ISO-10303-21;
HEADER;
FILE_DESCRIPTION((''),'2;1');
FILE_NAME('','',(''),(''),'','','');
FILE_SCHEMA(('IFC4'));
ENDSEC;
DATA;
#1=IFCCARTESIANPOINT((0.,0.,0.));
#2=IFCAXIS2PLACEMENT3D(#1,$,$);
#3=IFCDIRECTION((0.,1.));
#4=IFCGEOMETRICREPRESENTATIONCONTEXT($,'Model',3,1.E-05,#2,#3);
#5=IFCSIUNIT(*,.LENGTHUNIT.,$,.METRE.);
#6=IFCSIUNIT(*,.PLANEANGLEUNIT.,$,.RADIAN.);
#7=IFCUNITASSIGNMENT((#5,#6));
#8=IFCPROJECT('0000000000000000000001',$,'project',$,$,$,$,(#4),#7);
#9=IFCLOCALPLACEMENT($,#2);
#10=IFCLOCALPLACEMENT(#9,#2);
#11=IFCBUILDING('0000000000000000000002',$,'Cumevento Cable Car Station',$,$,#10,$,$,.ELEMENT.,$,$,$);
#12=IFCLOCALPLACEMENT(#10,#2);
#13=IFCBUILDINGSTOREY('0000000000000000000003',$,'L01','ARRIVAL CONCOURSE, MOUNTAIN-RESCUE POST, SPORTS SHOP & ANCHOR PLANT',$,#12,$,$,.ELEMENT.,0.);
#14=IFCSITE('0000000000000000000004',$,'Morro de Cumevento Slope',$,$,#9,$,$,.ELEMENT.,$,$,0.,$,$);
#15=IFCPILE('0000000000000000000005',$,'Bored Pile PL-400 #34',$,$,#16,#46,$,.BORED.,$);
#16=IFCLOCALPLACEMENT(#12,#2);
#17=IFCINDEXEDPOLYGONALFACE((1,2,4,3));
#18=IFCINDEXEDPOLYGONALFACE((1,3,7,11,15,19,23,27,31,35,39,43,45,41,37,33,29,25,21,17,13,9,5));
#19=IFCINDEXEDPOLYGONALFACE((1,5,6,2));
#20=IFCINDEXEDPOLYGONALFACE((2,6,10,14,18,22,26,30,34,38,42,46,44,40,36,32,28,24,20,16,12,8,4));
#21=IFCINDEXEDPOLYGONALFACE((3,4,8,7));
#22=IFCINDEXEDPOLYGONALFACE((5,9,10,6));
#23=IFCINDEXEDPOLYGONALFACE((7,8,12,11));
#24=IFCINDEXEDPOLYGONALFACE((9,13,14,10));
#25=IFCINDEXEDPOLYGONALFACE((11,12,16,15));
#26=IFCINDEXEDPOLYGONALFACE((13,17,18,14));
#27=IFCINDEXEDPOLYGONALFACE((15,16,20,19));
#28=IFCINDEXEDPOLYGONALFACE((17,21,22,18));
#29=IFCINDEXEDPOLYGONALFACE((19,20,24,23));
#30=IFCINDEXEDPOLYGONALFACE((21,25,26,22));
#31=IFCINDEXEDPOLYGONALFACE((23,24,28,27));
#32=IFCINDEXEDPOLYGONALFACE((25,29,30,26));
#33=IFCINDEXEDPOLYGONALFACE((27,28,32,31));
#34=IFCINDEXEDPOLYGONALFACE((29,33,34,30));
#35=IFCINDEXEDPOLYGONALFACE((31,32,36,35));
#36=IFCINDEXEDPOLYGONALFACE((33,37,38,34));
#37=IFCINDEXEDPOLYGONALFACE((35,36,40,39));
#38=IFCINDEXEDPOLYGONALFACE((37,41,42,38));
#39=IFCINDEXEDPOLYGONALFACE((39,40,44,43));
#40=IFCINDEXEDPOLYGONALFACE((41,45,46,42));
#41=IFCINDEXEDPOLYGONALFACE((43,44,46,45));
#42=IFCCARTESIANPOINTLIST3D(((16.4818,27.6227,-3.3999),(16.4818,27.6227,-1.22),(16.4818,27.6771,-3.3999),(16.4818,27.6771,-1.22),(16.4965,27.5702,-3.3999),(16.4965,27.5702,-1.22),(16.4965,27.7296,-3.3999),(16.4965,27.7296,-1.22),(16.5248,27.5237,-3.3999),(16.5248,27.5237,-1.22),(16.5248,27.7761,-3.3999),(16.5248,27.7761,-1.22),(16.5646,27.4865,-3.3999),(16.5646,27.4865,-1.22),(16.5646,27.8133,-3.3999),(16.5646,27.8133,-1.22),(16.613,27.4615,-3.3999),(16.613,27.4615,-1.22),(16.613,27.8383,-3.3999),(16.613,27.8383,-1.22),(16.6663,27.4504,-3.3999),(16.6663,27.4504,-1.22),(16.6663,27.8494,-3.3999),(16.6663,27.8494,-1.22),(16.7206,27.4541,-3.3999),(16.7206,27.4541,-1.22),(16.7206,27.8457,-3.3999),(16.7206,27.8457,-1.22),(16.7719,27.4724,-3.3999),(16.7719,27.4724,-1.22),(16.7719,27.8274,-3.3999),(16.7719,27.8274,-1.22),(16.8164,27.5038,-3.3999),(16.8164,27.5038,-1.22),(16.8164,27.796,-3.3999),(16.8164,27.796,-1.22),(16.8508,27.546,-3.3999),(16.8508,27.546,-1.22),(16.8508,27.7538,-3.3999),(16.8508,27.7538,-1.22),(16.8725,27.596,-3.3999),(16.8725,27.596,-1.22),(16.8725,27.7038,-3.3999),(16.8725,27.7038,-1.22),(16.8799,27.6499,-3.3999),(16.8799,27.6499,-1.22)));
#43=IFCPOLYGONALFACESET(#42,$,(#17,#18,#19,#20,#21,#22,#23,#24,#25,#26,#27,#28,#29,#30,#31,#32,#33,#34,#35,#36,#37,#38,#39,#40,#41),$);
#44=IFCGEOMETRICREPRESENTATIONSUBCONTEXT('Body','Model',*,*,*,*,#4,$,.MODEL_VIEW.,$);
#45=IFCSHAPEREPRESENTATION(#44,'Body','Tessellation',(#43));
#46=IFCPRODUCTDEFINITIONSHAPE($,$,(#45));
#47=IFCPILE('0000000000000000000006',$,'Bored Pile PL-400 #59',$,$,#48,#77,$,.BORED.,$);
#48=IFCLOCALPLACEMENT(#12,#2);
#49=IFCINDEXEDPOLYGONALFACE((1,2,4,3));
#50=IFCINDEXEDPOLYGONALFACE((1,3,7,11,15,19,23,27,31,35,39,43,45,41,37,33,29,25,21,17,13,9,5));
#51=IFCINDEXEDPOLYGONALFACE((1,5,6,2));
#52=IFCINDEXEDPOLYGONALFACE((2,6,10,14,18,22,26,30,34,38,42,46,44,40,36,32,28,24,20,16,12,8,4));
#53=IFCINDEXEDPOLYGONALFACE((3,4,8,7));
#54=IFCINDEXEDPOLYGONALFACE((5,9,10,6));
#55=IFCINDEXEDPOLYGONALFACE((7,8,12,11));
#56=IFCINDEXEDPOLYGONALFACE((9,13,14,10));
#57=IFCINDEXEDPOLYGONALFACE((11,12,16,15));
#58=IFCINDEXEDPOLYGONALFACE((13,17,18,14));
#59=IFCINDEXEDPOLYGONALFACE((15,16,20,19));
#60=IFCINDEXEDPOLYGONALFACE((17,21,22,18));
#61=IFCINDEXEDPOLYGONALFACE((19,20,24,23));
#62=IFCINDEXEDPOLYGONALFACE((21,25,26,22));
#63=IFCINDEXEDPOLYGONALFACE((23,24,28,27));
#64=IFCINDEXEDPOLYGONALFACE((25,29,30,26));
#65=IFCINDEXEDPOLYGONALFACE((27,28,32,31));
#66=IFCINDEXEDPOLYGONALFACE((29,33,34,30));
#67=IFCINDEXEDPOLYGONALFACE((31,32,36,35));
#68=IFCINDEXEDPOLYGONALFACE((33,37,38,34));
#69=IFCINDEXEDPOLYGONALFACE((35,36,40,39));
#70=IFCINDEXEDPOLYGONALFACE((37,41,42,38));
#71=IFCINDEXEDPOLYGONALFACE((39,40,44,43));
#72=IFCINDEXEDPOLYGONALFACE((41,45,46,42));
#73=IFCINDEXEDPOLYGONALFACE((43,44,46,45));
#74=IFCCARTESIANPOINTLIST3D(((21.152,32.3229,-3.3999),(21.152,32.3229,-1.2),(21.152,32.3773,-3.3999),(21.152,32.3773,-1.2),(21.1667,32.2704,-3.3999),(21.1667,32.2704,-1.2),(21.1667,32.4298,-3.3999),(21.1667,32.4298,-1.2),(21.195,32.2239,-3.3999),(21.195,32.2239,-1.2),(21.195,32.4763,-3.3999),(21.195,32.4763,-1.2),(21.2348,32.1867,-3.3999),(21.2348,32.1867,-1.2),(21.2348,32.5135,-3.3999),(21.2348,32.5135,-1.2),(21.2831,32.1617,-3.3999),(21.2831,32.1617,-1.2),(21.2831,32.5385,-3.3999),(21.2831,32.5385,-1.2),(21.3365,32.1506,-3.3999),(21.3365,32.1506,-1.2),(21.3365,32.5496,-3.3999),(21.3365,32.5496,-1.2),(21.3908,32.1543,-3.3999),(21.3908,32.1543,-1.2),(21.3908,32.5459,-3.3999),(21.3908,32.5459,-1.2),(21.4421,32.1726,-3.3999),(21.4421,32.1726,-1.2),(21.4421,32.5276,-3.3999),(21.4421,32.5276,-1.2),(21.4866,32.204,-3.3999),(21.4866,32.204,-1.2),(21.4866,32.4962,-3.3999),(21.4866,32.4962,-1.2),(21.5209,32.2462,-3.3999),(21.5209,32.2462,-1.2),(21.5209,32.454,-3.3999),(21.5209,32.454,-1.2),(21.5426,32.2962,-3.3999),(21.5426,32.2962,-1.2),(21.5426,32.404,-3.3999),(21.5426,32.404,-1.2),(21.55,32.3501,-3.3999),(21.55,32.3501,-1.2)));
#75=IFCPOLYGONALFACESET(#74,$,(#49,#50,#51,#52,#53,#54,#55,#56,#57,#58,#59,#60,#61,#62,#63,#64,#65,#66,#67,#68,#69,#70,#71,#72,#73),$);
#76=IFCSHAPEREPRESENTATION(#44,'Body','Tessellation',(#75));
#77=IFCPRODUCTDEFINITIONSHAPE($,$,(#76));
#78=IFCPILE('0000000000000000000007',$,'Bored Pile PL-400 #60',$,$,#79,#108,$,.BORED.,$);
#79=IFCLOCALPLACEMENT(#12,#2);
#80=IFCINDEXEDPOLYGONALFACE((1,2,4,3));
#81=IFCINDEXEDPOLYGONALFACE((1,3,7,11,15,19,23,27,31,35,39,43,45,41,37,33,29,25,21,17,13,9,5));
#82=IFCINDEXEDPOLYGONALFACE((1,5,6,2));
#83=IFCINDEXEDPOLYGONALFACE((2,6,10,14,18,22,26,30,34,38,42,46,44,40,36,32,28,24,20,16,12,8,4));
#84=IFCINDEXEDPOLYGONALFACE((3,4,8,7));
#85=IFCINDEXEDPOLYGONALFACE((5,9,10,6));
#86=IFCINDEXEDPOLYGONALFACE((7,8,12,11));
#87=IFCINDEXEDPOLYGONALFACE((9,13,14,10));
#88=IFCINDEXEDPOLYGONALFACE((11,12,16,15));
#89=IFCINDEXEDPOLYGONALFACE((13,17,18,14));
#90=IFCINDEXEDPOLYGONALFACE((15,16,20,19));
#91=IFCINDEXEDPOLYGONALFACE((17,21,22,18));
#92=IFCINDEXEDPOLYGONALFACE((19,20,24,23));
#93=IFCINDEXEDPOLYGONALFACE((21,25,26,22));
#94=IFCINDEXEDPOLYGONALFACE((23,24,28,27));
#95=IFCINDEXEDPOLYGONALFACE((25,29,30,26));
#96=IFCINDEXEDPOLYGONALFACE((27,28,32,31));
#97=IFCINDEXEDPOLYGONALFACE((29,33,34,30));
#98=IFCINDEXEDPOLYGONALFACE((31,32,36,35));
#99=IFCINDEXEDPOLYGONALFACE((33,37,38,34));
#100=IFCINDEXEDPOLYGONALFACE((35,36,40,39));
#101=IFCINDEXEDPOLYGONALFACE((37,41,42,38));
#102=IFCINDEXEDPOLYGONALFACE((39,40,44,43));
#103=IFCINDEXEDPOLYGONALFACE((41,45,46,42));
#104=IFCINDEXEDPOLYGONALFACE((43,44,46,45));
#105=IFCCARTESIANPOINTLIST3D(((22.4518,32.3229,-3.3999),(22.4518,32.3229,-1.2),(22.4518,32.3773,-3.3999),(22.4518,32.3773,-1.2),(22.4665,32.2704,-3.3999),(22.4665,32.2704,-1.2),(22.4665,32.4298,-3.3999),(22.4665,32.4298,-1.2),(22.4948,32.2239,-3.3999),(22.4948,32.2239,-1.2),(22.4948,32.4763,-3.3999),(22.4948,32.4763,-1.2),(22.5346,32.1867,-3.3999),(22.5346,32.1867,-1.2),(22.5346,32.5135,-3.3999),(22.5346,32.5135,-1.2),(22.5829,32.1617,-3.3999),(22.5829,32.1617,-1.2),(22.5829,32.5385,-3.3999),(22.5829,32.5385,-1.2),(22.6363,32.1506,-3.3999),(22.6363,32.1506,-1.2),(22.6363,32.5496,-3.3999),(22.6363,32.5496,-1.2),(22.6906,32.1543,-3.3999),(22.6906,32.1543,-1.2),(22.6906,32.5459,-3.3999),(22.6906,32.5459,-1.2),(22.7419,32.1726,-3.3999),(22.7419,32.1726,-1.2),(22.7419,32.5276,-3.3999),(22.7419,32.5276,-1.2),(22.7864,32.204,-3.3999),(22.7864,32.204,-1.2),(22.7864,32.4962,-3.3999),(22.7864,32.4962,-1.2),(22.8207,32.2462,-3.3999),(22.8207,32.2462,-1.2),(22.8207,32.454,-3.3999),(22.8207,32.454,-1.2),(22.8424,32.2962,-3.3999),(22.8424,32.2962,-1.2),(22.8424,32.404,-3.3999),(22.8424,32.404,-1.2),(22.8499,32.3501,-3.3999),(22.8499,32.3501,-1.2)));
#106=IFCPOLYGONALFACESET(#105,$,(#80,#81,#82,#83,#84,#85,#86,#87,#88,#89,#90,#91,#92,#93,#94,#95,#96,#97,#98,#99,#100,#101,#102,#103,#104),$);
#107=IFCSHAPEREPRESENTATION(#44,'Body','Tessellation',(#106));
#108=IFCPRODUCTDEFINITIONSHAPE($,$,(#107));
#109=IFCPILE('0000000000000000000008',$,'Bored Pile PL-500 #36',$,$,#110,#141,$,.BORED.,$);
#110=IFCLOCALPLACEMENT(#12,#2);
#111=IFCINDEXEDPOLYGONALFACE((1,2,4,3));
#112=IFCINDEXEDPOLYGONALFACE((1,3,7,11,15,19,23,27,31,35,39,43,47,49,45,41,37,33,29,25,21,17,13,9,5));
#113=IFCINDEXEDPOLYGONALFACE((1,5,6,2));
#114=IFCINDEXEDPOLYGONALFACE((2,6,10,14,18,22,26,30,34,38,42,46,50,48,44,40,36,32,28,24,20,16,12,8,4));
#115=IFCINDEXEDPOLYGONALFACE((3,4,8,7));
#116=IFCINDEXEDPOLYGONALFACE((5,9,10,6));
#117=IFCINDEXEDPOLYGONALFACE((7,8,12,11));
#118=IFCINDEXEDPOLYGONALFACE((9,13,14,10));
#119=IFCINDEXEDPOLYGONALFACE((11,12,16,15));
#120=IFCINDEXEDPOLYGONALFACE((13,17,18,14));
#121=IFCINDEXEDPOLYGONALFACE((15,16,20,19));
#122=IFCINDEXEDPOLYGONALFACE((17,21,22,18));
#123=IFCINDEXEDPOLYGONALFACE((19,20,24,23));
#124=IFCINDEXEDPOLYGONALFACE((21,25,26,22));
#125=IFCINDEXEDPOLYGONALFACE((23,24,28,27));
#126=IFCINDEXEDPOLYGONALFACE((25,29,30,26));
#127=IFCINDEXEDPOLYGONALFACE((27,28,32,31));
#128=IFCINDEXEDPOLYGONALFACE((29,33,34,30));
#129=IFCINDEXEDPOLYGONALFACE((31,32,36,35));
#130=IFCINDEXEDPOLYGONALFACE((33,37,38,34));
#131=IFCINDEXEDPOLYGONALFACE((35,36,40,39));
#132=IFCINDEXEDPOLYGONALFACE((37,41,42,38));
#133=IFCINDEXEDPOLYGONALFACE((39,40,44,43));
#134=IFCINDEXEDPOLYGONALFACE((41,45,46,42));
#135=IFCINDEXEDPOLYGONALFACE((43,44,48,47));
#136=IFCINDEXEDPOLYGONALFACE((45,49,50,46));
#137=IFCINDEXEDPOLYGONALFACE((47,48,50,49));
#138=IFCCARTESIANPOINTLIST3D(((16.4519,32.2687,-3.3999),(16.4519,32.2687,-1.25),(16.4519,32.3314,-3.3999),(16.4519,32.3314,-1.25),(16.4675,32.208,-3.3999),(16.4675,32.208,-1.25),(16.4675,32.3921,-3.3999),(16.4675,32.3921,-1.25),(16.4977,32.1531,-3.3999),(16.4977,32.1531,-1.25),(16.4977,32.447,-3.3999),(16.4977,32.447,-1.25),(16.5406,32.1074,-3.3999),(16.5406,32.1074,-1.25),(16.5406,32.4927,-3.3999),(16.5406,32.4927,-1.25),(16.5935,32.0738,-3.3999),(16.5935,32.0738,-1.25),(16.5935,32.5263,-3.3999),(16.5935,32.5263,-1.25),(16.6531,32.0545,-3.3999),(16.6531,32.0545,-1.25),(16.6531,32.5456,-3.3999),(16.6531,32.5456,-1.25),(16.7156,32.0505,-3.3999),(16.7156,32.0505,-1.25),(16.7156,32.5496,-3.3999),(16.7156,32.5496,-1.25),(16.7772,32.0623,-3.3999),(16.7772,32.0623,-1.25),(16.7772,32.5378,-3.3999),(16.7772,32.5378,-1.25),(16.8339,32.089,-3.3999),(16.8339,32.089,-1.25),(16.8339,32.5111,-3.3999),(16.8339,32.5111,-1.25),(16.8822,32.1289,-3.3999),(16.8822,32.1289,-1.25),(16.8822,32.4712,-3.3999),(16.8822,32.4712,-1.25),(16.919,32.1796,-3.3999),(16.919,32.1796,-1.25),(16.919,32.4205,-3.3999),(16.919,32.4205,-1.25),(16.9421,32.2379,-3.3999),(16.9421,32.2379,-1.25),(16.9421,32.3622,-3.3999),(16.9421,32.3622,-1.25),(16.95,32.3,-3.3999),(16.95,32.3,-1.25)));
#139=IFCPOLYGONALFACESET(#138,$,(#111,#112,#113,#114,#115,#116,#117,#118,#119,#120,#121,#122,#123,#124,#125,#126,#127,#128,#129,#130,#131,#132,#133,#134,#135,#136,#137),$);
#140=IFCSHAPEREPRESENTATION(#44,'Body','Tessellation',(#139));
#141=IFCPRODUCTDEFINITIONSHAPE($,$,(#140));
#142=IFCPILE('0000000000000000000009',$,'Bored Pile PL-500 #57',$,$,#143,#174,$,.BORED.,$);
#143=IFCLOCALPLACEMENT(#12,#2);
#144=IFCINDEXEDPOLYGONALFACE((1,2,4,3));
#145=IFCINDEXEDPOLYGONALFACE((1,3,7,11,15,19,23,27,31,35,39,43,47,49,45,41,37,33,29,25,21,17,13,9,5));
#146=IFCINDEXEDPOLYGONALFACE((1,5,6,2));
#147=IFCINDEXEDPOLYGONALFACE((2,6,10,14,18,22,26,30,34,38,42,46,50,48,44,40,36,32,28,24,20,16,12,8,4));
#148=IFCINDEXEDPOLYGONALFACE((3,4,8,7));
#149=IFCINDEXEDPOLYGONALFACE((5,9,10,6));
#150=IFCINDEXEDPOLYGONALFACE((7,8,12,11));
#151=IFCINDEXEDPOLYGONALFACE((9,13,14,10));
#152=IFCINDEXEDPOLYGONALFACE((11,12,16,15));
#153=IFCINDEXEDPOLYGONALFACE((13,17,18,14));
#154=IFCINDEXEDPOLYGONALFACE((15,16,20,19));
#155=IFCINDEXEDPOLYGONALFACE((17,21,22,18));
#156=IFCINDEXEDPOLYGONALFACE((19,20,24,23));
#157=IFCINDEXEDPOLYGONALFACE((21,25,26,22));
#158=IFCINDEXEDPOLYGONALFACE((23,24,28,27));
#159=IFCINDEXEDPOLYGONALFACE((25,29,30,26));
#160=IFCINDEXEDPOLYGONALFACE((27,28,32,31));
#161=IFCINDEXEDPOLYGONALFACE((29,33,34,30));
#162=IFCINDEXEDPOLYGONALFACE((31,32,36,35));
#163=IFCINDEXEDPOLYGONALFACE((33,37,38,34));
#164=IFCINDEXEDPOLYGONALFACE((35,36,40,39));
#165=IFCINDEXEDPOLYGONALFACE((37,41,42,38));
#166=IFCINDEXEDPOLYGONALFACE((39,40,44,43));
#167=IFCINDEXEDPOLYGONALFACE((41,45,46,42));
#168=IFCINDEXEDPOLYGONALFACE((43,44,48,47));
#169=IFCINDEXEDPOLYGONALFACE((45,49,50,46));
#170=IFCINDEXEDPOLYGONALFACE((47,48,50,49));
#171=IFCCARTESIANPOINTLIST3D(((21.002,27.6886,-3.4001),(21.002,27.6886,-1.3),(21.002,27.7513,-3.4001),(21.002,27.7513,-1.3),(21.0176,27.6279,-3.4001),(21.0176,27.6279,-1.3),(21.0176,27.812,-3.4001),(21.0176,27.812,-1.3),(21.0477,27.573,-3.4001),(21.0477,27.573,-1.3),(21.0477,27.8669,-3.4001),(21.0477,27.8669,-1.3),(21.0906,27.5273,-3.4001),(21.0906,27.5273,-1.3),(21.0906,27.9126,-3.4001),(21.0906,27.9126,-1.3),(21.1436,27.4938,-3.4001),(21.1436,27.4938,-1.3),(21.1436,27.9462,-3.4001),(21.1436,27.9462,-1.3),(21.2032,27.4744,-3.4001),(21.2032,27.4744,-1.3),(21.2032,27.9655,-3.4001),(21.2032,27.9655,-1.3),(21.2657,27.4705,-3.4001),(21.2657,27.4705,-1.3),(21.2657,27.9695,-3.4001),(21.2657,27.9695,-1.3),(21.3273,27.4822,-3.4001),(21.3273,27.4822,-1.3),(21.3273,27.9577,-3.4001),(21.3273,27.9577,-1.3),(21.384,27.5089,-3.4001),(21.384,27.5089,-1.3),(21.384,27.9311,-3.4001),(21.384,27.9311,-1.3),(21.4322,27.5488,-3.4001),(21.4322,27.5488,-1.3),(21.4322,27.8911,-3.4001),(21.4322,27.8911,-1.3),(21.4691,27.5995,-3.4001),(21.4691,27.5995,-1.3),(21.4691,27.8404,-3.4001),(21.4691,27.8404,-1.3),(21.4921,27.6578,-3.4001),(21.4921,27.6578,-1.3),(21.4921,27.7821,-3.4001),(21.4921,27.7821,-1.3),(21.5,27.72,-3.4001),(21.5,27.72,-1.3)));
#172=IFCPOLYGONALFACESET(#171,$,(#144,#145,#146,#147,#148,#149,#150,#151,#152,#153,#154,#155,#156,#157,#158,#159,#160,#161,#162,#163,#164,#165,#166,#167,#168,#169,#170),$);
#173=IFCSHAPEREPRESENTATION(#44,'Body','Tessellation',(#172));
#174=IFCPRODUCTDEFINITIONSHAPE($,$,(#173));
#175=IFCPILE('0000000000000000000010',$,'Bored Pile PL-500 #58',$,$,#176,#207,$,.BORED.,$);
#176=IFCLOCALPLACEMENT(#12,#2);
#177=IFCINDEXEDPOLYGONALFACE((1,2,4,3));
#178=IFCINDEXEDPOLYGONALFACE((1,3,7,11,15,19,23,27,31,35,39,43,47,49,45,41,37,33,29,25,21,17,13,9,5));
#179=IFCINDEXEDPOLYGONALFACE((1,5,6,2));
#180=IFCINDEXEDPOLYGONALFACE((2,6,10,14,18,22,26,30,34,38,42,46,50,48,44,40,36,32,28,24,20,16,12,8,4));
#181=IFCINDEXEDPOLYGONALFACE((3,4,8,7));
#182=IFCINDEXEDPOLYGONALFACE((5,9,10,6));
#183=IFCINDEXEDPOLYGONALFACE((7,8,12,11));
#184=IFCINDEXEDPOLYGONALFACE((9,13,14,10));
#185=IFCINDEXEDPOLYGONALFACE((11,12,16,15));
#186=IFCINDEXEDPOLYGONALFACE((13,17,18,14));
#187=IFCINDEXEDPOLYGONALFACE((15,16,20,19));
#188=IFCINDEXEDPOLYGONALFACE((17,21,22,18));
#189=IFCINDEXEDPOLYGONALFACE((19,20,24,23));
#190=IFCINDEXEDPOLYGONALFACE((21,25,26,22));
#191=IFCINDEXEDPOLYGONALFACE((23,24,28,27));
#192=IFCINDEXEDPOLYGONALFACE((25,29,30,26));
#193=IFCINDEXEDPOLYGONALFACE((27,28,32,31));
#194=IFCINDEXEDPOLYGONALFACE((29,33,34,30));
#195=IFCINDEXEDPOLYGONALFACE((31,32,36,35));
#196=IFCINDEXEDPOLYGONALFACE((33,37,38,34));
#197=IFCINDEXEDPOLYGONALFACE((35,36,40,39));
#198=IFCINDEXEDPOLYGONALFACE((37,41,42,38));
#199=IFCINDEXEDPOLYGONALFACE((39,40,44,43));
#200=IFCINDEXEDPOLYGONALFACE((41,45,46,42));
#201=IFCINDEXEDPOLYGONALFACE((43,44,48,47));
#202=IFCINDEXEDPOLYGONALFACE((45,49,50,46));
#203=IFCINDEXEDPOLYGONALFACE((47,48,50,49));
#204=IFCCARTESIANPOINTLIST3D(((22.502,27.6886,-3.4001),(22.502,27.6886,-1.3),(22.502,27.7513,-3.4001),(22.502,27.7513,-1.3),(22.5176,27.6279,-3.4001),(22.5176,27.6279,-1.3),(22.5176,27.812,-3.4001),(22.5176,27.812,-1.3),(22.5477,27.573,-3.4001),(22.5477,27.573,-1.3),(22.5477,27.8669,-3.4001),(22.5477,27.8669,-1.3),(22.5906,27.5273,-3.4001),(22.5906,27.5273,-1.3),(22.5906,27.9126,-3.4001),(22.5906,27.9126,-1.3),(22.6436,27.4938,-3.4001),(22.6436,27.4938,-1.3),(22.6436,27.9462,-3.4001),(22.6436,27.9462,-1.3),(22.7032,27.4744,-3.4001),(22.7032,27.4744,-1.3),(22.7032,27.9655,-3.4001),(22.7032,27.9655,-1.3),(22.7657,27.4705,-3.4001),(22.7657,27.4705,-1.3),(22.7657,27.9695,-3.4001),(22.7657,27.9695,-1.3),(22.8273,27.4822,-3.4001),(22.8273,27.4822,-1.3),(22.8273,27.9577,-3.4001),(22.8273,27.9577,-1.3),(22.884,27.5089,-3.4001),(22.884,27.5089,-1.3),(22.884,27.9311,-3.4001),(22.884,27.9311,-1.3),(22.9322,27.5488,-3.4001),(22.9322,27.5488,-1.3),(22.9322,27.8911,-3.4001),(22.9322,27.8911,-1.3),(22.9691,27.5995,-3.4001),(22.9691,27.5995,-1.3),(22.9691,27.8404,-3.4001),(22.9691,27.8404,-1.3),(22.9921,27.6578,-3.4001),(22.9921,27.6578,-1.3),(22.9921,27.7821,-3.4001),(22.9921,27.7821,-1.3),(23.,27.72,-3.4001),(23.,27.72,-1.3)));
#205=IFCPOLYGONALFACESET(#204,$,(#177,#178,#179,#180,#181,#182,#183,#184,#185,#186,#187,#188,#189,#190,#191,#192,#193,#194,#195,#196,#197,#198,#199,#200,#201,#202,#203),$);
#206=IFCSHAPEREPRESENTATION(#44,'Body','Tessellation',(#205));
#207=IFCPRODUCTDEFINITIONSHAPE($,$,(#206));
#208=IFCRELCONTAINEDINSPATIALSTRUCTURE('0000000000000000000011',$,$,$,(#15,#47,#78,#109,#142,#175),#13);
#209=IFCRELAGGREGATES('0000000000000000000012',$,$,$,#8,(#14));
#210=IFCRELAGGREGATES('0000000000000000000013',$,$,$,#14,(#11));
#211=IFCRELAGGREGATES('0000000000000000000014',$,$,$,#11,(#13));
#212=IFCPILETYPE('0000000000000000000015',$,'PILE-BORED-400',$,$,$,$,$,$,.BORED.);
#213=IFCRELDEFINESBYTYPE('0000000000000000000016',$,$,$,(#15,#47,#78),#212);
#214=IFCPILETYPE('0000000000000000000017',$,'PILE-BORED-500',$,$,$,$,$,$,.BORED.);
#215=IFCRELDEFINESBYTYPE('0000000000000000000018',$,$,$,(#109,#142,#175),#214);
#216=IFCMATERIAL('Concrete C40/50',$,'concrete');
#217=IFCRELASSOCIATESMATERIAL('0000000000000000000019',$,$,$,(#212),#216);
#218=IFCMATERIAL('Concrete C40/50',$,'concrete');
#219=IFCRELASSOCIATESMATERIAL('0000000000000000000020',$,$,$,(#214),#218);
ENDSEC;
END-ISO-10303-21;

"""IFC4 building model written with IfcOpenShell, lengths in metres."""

from ifc_helpers import new_model, si_unit, direction, frame, origin, origin_2d, place, context, subcontext, project, spatial, circle, extrude, material, material_profile, profile_set, type_object, element, save


model = new_model("IFC4")

# Units and contexts
model_context = context("Model", 3, precision=1e-05, world=origin(), true_north=direction((0.0, 1.0)))
body_context = subcontext(model_context, "Body", "Model", "MODEL_VIEW")
ifc_project = project(units=[si_unit("LENGTHUNIT", "METRE"), si_unit("PLANEANGLEUNIT", "RADIAN")], contexts=[model_context])

# Site, building, storey
site_placement = place(None, origin())
site = spatial("IfcSite", under=ifc_project, at=site_placement, Name="Morro de Cumevento Slope", CompositionType="ELEMENT", RefElevation=0.0)
building_placement = place(site_placement, origin())
building = spatial("IfcBuilding", under=site, at=building_placement, Name="Cumevento Cable Car Station", CompositionType="ELEMENT")
storey_placement = place(building_placement, origin())
storey = spatial("IfcBuildingStorey", under=building, at=storey_placement, Name="L01", Description="ARRIVAL CONCOURSE, MOUNTAIN-RESCUE POST, SPORTS SHOP & ANCHOR PLANT", CompositionType="ELEMENT", Elevation=0.0)

# Piles
ifc_material_1 = material(Name="Concrete C40/50", Category="concrete")
ifc_material_profile_1 = material_profile(ifc_material_1, circle(Radius=0.2, at=origin_2d()), Name="PILE-D400")
ifc_profile_set_1 = profile_set([ifc_material_profile_1], Name="Concrete C40/50")
pile_type_1 = type_object("IfcPileType", Name="PILE-BORED-400", PredefinedType="BORED", material=ifc_profile_set_1)
pile_1_placement = place(storey_placement, frame((16.6799, 27.6499, -1.22), z_axis=(0.0, 0.0, -1.0), x_axis=(1.0, 0.0, 0.0)))
element("IfcPile", 1, at=pile_1_placement, inside=storey, type_object=pile_type_1, Name="Bored Pile PL-400 #34", PredefinedType="BORED", context=body_context, shape_type="SweptSolid", body=[
    extrude(circle(Radius=0.2, at=origin_2d()), origin(), (0.0, 0.0, 1.0), 2.1799),
])
for number, where, z_axis, x_axis, name in (
    (2, (21.3501, 32.3501, -1.2), (0.0, 0.0, -1.0), (1.0, 0.0, 0.0), "Bored Pile PL-400 #59"),
    (3, (22.6499, 32.3501, -1.2), (0.0, 0.0, -1.0), (1.0, 0.0, 0.0), "Bored Pile PL-400 #60"),
):
    element("IfcPile", number, at=place(storey_placement, frame(where, z_axis=z_axis, x_axis=x_axis)), inside=storey, type_object=pile_type_1, Name=name, PredefinedType="BORED", context=body_context, shape_type="SweptSolid", body=[
        extrude(circle(Radius=0.2, at=origin_2d()), origin(), (0.0, 0.0, 1.0), 2.2),
    ])
ifc_material_2 = material(Name="Concrete C40/50", Category="concrete")
ifc_material_profile_2 = material_profile(ifc_material_2, circle(Radius=0.25, at=origin_2d()), Name="PILE-D500")
ifc_profile_set_2 = profile_set([ifc_material_profile_2], Name="Concrete C40/50")
pile_type_2 = type_object("IfcPileType", Name="PILE-BORED-500", PredefinedType="BORED", material=ifc_profile_set_2)
pile_2_placement = place(storey_placement, frame((16.7, 32.3, -1.25), z_axis=(0.0, 0.0, -1.0), x_axis=(1.0, 0.0, 0.0)))
element("IfcPile", 4, at=pile_2_placement, inside=storey, type_object=pile_type_2, Name="Bored Pile PL-500 #36", PredefinedType="BORED", context=body_context, shape_type="SweptSolid", body=[
    extrude(circle(Radius=0.25, at=origin_2d()), origin(), (0.0, 0.0, 1.0), 2.1499),
])
for number, where, z_axis, x_axis, name in (
    (5, (21.25, 27.72, -1.3), (0.0, 0.0, -1.0), (1.0, 0.0, 0.0), "Bored Pile PL-500 #57"),
    (6, (22.75, 27.72, -1.3), (0.0, 0.0, -1.0), (1.0, 0.0, 0.0), "Bored Pile PL-500 #58"),
):
    element("IfcPile", number, at=place(storey_placement, frame(where, z_axis=z_axis, x_axis=x_axis)), inside=storey, type_object=pile_type_2, Name=name, PredefinedType="BORED", context=body_context, shape_type="SweptSolid", body=[
        extrude(circle(Radius=0.25, at=origin_2d()), origin(), (0.0, 0.0, 1.0), 2.1001),
    ])

save(model, "model.ifc")
